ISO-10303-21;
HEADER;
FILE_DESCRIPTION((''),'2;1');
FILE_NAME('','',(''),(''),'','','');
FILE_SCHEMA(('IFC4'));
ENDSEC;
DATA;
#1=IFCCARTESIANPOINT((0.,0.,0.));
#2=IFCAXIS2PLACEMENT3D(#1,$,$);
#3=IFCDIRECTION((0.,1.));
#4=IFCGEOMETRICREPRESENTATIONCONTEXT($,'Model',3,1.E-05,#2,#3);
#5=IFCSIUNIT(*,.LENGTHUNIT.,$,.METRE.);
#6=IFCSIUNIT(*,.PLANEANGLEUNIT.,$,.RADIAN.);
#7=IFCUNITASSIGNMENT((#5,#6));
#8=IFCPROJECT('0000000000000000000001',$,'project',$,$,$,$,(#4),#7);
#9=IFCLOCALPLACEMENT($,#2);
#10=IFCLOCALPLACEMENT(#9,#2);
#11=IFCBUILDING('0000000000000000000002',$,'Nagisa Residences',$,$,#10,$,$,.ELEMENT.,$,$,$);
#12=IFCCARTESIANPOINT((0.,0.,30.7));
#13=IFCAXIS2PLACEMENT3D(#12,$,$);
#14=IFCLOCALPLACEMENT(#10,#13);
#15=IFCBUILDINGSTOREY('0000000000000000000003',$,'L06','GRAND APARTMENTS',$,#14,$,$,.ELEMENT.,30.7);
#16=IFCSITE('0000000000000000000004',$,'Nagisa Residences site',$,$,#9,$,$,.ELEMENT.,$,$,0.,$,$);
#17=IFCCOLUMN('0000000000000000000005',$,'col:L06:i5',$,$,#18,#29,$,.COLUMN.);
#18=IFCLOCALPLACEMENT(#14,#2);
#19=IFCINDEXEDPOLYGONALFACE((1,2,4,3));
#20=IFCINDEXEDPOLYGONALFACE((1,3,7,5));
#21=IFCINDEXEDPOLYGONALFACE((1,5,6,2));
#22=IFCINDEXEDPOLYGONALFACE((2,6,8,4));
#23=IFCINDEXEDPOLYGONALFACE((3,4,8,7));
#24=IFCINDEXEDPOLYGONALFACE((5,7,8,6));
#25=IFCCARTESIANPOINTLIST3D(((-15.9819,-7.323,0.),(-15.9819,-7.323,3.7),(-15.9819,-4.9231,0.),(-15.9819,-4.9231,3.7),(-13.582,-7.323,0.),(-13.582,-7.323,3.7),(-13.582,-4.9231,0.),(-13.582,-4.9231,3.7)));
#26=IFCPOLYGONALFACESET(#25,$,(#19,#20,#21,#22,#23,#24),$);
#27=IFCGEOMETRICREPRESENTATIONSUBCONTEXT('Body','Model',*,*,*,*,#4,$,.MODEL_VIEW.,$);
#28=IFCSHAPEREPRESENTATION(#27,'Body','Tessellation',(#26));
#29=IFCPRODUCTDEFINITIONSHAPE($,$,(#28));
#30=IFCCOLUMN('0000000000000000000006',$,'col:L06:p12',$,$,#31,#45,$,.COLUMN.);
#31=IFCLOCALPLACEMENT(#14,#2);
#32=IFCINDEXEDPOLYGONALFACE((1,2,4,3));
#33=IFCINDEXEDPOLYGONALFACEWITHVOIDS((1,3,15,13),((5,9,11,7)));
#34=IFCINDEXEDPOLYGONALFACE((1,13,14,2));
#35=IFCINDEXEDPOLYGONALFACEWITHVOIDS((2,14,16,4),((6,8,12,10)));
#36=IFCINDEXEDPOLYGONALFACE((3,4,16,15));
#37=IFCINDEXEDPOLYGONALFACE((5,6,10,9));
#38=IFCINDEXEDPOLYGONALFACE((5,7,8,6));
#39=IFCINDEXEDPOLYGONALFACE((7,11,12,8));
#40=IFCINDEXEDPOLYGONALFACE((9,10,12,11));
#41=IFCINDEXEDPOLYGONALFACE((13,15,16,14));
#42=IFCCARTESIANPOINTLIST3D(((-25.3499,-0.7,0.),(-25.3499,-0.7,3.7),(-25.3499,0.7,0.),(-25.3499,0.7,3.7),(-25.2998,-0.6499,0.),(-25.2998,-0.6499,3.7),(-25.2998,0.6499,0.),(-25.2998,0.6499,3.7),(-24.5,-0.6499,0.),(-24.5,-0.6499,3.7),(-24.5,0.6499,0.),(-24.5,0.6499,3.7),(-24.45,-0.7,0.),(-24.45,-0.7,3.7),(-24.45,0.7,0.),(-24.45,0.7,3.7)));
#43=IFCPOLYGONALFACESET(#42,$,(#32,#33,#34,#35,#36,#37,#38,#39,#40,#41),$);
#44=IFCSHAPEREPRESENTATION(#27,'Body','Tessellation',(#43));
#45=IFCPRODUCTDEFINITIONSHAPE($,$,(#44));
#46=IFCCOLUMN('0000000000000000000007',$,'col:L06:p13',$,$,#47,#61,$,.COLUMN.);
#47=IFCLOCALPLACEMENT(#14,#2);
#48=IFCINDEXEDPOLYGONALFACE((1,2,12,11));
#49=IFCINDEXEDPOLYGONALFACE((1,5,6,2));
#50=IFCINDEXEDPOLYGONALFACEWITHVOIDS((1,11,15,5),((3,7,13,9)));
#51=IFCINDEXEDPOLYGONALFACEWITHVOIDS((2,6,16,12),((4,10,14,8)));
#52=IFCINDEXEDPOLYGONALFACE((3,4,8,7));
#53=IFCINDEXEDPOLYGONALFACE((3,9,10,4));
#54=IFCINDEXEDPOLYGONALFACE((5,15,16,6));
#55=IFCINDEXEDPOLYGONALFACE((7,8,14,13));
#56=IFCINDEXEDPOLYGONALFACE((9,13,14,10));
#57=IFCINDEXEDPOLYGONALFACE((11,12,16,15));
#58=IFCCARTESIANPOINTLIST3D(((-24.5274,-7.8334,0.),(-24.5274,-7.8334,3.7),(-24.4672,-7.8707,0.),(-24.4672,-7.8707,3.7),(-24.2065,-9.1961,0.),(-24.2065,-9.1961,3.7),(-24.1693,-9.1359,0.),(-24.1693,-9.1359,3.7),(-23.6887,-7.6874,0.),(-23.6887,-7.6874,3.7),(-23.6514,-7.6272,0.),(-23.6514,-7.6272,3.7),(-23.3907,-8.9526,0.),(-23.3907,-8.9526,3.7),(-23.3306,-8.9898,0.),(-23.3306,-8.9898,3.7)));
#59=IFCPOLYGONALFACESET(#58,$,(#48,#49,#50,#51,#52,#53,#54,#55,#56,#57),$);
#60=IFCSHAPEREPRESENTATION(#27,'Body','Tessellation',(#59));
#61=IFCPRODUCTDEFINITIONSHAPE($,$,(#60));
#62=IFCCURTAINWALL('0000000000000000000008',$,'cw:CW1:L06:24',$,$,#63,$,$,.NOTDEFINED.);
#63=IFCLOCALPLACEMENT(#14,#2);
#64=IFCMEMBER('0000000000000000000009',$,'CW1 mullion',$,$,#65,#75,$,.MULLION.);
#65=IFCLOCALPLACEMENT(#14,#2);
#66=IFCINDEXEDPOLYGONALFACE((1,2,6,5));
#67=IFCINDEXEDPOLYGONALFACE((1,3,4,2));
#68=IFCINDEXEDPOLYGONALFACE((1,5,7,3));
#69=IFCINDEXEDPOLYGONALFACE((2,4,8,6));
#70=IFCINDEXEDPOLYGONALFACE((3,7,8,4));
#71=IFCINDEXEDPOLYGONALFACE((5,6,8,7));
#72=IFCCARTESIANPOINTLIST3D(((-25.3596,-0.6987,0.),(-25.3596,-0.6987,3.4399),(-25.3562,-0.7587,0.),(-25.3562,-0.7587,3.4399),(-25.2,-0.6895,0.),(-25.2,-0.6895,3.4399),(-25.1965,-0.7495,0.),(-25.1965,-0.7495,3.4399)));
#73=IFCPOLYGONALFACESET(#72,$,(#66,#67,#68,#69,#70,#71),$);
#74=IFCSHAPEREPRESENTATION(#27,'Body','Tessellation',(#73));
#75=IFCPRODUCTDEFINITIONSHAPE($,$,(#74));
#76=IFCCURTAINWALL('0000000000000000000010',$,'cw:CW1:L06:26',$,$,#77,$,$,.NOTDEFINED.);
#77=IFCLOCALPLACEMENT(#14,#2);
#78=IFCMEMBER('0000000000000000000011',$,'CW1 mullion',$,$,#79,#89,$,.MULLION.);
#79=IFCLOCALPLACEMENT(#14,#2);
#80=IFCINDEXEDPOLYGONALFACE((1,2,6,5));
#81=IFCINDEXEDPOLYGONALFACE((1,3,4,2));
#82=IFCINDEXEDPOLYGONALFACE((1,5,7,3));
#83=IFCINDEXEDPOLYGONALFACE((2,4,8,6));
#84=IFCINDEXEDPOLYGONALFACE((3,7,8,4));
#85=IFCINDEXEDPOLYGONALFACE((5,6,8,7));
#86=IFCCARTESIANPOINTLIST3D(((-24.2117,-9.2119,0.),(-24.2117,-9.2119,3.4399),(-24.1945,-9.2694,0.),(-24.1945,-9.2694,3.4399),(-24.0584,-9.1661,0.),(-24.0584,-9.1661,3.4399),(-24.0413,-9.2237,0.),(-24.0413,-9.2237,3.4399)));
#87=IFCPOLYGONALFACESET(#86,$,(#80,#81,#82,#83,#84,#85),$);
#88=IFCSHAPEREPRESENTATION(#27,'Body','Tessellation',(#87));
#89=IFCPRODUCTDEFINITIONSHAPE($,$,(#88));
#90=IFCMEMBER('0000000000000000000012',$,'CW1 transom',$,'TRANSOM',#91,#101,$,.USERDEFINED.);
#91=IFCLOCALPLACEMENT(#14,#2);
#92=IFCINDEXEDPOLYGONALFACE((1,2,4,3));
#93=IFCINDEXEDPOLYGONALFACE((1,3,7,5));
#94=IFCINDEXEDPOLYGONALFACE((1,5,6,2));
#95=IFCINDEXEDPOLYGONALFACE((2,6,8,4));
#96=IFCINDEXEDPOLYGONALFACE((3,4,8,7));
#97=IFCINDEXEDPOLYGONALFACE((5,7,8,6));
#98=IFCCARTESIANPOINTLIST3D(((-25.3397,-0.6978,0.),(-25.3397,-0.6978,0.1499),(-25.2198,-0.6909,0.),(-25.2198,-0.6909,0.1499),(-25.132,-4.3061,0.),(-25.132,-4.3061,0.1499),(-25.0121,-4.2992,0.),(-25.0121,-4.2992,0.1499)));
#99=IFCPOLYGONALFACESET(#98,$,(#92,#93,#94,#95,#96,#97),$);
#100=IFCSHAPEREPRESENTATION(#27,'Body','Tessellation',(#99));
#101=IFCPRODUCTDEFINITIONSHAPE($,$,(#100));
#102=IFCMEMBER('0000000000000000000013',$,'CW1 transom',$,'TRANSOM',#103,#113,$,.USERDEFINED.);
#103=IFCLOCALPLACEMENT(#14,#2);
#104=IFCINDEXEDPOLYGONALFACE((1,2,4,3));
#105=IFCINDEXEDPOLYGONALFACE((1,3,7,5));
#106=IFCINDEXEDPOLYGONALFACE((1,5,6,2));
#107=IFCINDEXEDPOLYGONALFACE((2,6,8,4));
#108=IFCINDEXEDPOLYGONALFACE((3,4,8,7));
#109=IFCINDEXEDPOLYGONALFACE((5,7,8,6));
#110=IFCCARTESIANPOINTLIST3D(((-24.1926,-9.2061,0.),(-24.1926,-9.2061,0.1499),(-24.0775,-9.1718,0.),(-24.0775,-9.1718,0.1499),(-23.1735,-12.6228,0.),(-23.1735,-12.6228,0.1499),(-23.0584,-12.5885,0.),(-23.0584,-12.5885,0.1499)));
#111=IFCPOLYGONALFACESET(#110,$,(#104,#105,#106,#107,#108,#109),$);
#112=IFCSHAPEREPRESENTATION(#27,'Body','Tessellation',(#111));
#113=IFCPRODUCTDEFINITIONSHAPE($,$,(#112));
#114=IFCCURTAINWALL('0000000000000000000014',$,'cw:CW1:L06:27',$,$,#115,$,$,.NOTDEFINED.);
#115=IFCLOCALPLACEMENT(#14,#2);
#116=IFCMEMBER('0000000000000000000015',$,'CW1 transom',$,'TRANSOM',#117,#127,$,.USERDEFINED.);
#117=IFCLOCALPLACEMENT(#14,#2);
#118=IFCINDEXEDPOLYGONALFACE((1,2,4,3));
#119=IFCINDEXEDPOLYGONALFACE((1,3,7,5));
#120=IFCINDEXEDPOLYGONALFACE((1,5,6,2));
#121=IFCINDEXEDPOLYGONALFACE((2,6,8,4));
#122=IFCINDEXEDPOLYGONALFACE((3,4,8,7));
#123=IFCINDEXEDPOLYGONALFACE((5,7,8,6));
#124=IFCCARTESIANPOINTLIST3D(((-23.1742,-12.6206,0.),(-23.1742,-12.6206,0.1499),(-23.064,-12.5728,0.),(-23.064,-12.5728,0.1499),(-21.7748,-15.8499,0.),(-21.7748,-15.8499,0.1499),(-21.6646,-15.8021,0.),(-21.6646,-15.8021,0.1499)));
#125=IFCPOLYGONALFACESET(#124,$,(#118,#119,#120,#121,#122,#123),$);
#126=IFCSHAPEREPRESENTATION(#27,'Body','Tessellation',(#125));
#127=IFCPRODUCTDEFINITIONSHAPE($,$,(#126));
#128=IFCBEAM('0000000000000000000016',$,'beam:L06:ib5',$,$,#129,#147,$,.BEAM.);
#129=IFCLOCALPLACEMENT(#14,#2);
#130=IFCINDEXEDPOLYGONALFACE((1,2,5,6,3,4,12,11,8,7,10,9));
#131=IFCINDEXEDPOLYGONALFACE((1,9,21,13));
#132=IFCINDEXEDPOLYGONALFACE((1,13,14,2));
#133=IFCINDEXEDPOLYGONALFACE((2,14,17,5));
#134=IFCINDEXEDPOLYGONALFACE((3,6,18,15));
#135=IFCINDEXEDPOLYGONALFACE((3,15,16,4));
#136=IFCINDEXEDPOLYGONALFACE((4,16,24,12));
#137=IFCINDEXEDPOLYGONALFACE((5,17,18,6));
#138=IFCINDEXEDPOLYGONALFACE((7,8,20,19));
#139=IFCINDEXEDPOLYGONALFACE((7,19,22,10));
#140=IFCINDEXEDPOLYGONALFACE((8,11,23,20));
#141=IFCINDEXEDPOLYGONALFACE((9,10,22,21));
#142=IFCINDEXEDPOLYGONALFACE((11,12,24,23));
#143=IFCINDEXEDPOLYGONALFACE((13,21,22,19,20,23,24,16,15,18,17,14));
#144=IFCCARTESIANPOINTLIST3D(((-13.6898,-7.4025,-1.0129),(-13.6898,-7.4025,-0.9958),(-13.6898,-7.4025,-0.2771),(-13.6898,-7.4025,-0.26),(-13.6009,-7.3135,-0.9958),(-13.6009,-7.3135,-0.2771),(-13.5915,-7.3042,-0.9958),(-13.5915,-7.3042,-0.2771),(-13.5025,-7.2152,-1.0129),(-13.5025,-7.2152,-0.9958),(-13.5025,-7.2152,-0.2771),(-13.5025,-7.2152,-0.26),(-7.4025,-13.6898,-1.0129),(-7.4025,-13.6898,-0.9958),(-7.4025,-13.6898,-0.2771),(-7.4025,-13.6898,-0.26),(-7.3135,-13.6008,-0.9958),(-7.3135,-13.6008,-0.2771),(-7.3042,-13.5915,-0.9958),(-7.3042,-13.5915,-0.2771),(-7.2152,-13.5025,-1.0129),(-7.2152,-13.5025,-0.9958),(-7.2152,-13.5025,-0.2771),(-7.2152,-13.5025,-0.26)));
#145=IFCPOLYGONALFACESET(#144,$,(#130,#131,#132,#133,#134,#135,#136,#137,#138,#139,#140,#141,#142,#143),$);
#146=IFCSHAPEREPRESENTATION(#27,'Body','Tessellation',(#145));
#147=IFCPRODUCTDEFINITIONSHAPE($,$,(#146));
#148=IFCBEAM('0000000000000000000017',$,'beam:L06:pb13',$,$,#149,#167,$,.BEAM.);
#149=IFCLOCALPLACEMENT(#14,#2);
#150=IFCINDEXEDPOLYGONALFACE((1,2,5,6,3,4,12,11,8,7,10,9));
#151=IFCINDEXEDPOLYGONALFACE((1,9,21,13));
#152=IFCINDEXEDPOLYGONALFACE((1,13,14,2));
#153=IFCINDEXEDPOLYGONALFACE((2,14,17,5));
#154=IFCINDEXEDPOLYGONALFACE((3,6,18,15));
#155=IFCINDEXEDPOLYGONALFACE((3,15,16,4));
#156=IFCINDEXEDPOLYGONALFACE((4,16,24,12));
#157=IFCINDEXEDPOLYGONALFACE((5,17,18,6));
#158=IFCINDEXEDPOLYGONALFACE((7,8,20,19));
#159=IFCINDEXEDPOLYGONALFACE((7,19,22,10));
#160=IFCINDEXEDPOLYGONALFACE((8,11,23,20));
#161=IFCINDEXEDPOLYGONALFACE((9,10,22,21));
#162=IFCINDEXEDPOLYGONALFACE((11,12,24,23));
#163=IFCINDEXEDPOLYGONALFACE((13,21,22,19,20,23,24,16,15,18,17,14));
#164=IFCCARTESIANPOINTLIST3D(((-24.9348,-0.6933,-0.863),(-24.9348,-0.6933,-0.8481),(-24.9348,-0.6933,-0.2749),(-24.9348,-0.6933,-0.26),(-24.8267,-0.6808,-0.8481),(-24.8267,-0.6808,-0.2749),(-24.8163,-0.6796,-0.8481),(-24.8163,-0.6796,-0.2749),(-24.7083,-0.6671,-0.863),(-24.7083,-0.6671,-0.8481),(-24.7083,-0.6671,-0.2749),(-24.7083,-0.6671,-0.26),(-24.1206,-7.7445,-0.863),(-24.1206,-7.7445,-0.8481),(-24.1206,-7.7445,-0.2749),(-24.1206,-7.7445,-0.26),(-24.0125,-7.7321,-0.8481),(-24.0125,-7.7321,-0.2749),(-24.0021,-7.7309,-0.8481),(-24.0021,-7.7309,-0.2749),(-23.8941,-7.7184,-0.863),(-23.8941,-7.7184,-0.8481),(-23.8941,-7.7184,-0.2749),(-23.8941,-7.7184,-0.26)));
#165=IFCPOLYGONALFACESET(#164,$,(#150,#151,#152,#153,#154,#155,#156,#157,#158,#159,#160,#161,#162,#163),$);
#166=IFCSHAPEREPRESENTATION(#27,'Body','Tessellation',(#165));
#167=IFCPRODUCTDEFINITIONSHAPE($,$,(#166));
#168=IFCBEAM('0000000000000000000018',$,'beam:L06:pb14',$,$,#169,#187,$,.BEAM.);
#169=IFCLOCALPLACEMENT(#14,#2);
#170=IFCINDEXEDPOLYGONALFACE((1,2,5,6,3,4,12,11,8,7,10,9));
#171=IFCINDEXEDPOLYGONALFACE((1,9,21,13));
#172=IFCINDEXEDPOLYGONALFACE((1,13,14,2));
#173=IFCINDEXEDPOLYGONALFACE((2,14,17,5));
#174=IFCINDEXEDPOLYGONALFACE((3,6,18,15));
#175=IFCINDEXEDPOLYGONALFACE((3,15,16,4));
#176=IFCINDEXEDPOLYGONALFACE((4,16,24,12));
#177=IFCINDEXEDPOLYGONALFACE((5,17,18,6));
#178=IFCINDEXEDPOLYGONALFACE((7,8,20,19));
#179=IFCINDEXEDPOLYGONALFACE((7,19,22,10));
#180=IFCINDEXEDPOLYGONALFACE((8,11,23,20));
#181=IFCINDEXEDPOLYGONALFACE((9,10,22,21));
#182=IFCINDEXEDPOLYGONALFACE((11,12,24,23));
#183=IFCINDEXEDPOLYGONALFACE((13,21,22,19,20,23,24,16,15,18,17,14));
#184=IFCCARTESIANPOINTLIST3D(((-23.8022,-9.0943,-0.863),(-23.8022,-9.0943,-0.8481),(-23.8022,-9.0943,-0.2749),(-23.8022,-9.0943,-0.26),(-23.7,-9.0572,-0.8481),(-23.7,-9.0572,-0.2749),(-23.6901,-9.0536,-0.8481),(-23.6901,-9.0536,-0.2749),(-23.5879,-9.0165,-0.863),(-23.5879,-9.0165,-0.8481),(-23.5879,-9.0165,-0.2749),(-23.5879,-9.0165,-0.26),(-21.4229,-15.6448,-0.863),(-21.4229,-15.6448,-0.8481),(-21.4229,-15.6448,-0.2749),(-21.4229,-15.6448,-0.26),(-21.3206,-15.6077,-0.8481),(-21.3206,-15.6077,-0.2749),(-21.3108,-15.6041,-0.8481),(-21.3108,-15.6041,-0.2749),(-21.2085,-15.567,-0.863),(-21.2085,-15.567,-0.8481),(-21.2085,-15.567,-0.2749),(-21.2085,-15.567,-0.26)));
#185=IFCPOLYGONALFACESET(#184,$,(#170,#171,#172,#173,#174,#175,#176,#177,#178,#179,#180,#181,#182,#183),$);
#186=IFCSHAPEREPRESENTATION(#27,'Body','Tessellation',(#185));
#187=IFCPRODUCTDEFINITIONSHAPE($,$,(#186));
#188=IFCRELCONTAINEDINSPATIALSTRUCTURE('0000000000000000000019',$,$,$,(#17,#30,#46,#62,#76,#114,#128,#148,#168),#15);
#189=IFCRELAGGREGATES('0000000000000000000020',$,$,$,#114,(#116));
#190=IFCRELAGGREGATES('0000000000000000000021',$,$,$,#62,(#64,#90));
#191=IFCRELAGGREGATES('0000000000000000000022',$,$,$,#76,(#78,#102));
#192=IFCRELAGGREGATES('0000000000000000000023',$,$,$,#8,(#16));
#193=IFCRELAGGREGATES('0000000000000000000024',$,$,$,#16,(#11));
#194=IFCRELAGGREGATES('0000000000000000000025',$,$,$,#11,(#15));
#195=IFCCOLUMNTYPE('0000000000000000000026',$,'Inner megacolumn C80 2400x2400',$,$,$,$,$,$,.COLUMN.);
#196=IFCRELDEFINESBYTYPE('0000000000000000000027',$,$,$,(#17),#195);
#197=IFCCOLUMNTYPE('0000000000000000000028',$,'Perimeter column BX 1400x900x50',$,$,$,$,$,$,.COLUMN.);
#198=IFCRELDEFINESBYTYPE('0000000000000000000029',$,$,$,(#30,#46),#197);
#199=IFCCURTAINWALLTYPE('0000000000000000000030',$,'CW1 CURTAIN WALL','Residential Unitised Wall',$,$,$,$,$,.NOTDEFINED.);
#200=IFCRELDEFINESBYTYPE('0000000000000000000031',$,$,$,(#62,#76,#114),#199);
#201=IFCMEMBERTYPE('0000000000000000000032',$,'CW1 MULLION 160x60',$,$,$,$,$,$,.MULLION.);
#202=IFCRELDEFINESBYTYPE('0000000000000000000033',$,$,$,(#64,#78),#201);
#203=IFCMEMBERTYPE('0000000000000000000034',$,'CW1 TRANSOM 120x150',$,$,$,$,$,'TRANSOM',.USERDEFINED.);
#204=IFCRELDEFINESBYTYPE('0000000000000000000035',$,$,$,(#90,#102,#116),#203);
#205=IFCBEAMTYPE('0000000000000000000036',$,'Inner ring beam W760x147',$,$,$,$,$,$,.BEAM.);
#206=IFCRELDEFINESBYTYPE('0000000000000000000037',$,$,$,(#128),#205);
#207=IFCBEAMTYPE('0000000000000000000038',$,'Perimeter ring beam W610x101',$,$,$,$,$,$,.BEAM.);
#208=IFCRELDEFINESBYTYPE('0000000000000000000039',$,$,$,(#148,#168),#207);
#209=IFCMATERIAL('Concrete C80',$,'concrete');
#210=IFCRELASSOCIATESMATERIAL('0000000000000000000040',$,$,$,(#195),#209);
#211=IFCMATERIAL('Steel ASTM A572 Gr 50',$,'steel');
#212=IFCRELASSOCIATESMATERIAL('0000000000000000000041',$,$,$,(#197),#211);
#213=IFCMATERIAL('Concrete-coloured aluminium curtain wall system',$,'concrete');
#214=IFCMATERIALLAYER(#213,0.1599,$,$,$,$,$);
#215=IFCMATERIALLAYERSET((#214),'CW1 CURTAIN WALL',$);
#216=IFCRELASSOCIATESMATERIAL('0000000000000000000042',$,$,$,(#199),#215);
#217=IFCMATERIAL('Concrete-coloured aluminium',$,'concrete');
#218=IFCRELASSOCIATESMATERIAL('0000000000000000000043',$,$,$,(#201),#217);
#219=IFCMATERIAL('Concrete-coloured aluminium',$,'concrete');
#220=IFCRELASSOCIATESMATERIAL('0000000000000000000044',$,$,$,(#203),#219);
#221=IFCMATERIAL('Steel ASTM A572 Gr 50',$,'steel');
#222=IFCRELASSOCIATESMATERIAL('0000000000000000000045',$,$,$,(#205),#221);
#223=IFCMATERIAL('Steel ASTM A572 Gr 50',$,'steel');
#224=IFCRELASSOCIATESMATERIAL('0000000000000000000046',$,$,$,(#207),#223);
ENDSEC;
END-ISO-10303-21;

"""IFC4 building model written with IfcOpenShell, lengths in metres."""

from ifc_helpers import new_model, si_unit, direction, frame, origin, origin_2d, place, context, subcontext, project, spatial, rectangle, hollow_rectangle, i_section, extrude, material, layer, layer_set, material_profile, profile_set, type_object, element, aggregate, save


model = new_model("IFC4")

# Units and contexts
model_context = context("Model", 3, precision=1e-05, world=origin(), true_north=direction((0.0, 1.0)))
body_context = subcontext(model_context, "Body", "Model", "MODEL_VIEW")
ifc_project = project(units=[si_unit("LENGTHUNIT", "METRE"), si_unit("PLANEANGLEUNIT", "RADIAN")], contexts=[model_context])

# Site, building, storey
site_placement = place(None, origin())
site = spatial("IfcSite", under=ifc_project, at=site_placement, Name="Nagisa Residences site", CompositionType="ELEMENT", RefElevation=0.0)
building_placement = place(site_placement, origin())
building = spatial("IfcBuilding", under=site, at=building_placement, Name="Nagisa Residences", CompositionType="ELEMENT")
storey_placement = place(building_placement, frame((0.0, 0.0, 30.7)))
storey = spatial("IfcBuildingStorey", under=building, at=storey_placement, Name="L06", Description="GRAND APARTMENTS", CompositionType="ELEMENT", Elevation=30.7)

# Columns
ifc_material_1 = material(Name="Concrete C80", Category="concrete")
ifc_material_profile_1 = material_profile(ifc_material_1, rectangle(XDim=2.3999, YDim=2.3999, at=origin_2d()), Name="C80 2400x2400")
ifc_profile_set_1 = profile_set([ifc_material_profile_1], Name="Concrete C80")
column_type_1 = type_object("IfcColumnType", Name="Inner megacolumn C80 2400x2400", PredefinedType="COLUMN", material=ifc_profile_set_1)
column_placement = place(storey_placement, frame((-14.782, -6.123, 0.0), z_axis=(0.0, 0.0, 1.0), x_axis=(1.0, 0.0, 0.0)))
element("IfcColumn", 1, at=column_placement, inside=storey, type_object=column_type_1, Name="col:L06:i5", PredefinedType="COLUMN", context=body_context, shape_type="SweptSolid", body=[
    extrude(rectangle(XDim=2.3999, YDim=2.3999, at=origin_2d()), origin(), (0.0, 0.0, 1.0), 3.7),
])
ifc_material_2 = material(Name="Steel ASTM A572 Gr 50", Category="steel")
ifc_material_profile_2 = material_profile(ifc_material_2, hollow_rectangle(XDim=1.3999, YDim=0.8999, WallThickness=0.05, at=origin_2d()), Name="BX 1400x900x50")
ifc_profile_set_2 = profile_set([ifc_material_profile_2], Name="Steel ASTM A572 Gr 50")
column_type_2 = type_object("IfcColumnType", Name="Perimeter column BX 1400x900x50", PredefinedType="COLUMN", material=ifc_profile_set_2)
for number, where, z_axis, x_axis, name in (
    (2, (-24.8999, 0.0, 0.0), (0.0, 0.0, 1.0), (0.0, -1.0, 0.0), "col:L06:p12"),
    (3, (-23.929, -8.4116, 0.0), (0.0, 0.0, 1.0), (0.229202, -0.973379, 0.0), "col:L06:p13"),
):
    element("IfcColumn", number, at=place(storey_placement, frame(where, z_axis=z_axis, x_axis=x_axis)), inside=storey, type_object=column_type_2, Name=name, PredefinedType="COLUMN", context=body_context, shape_type="SweptSolid", body=[
        extrude(hollow_rectangle(XDim=1.3999, YDim=0.8999, WallThickness=0.05, at=origin_2d()), origin(), (0.0, 0.0, 1.0), 3.7),
    ])

# Curtain walls, members
ifc_material_3 = material(Name="Concrete-coloured aluminium curtain wall system", Category="concrete")
ifc_layer_1 = layer(ifc_material_3, 0.1599)
ifc_layer_set_1 = layer_set([ifc_layer_1], Name="CW1 CURTAIN WALL")
curtain_wall_type = type_object("IfcCurtainWallType", Name="CW1 CURTAIN WALL", Description="Residential Unitised Wall", PredefinedType="NOTDEFINED", material=ifc_layer_set_1)
curtain_wall_1_placement = place(storey_placement, origin())
curtain_wall_1 = element("IfcCurtainWall", 4, at=curtain_wall_1_placement, inside=storey, type_object=curtain_wall_type, Name="cw:CW1:L06:24", PredefinedType="NOTDEFINED")
ifc_material_4 = material(Name="Concrete-coloured aluminium", Category="concrete")
ifc_material_profile_3 = material_profile(ifc_material_4, rectangle(XDim=0.1599, YDim=0.0601, at=origin_2d()), Name="CW1 MULLION 160x60")
ifc_profile_set_3 = profile_set([ifc_material_profile_3], Name="Concrete-coloured aluminium")
member_type_1 = type_object("IfcMemberType", Name="CW1 MULLION 160x60", PredefinedType="MULLION", material=ifc_profile_set_3)
member_1_placement = place(storey_placement, frame((-25.2781, -0.7241, 0.0), z_axis=(0.0, 0.0, 1.0), x_axis=(0.998345, 0.057503, 0.0)))
member_1 = element("IfcMember", 5, at=member_1_placement, type_object=member_type_1, Name="CW1 mullion", PredefinedType="MULLION", context=body_context, shape_type="SweptSolid", body=[
    extrude(rectangle(XDim=0.1599, YDim=0.0601, at=origin_2d()), origin(), (0.0, 0.0, 1.0), 3.4399),
])
curtain_wall_2_placement = place(storey_placement, origin())
curtain_wall_2 = element("IfcCurtainWall", 6, at=curtain_wall_2_placement, inside=storey, type_object=curtain_wall_type, Name="cw:CW1:L06:26", PredefinedType="NOTDEFINED")
member_2_placement = place(storey_placement, frame((-24.1265, -9.2178, 0.0), z_axis=(0.0, 0.0, 1.0), x_axis=(0.958271, 0.28586, 0.0)))
member_2 = element("IfcMember", 7, at=member_2_placement, type_object=member_type_1, Name="CW1 mullion", PredefinedType="MULLION", context=body_context, shape_type="SweptSolid", body=[
    extrude(rectangle(XDim=0.1599, YDim=0.0601, at=origin_2d()), origin(), (0.0, 0.0, 1.0), 3.4399),
])

# Members
ifc_material_5 = material(Name="Concrete-coloured aluminium", Category="concrete")
ifc_material_profile_4 = material_profile(ifc_material_5, rectangle(XDim=0.1201, YDim=0.1499, at=origin_2d()), Name="CW1 TRANSOM 120x150")
ifc_profile_set_4 = profile_set([ifc_material_profile_4], Name="Concrete-coloured aluminium")
member_type_2 = type_object("IfcMemberType", Name="CW1 TRANSOM 120x150", ElementType="TRANSOM", PredefinedType="USERDEFINED", material=ifc_profile_set_4)
member_3_placement = place(storey_placement, frame((-25.2798, -0.6943, 0.075), z_axis=(0.057483, -0.998347, 0.0), x_axis=(0.998347, 0.057483, 0.0)))
member_3 = element("IfcMember", 8, at=member_3_placement, type_object=member_type_2, Name="CW1 transom", ObjectType="TRANSOM", PredefinedType="USERDEFINED", context=body_context, shape_type="SweptSolid", body=[
    extrude(rectangle(XDim=0.1201, YDim=0.1499, at=origin_2d()), origin(), (0.0, 0.0, 1.0), 3.6143),
])
member_4_placement = place(storey_placement, frame((-24.135, -9.189, 0.075), z_axis=(0.285808, -0.958287, 0.0), x_axis=(0.958287, 0.285808, 0.0)))
member_4 = element("IfcMember", 9, at=member_4_placement, type_object=member_type_2, Name="CW1 transom", ObjectType="TRANSOM", PredefinedType="USERDEFINED", context=body_context, shape_type="SweptSolid", body=[
    extrude(rectangle(XDim=0.1201, YDim=0.1499, at=origin_2d()), origin(), (0.0, 0.0, 1.0), 3.5654),
])

# Curtain wall, member
curtain_wall_3_placement = place(storey_placement, origin())
curtain_wall_3 = element("IfcCurtainWall", 10, at=curtain_wall_3_placement, inside=storey, type_object=curtain_wall_type, Name="cw:CW1:L06:27", PredefinedType="NOTDEFINED")
member_5_placement = place(storey_placement, frame((-23.1191, -12.5967, 0.075), z_axis=(0.397625, -0.917548, 0.0), x_axis=(0.917548, 0.397625, 0.0)))
member_5 = element("IfcMember", 11, at=member_5_placement, type_object=member_type_2, Name="CW1 transom", ObjectType="TRANSOM", PredefinedType="USERDEFINED", context=body_context, shape_type="SweptSolid", body=[
    extrude(rectangle(XDim=0.1201, YDim=0.1499, at=origin_2d()), origin(), (0.0, 0.0, 1.0), 3.5195),
])
aggregate(curtain_wall_3, [member_5])

# Beams
ifc_material_6 = material(Name="Steel ASTM A572 Gr 50", Category="steel")
ifc_material_profile_5 = material_profile(ifc_material_6, i_section(OverallWidth=0.2649, OverallDepth=0.7529, WebThickness=0.0132, FlangeThickness=0.0171, at=origin_2d()), Name="W760x147")
ifc_profile_set_5 = profile_set([ifc_material_profile_5], Name="Steel ASTM A572 Gr 50")
beam_type_1 = type_object("IfcBeamType", Name="Inner ring beam W760x147", PredefinedType="BEAM", material=ifc_profile_set_5)
beam_1_placement = place(storey_placement, frame((-13.5962, -7.3088, -0.6365), z_axis=(0.707107, -0.707107, 0.0), x_axis=(0.707107, 0.707107, 0.0)))
element("IfcBeam", 12, at=beam_1_placement, inside=storey, type_object=beam_type_1, Name="beam:L06:ib5", PredefinedType="BEAM", context=body_context, shape_type="SweptSolid", body=[
    extrude(i_section(OverallWidth=0.2649, OverallDepth=0.7529, WebThickness=0.0132, FlangeThickness=0.0171, at=origin_2d()), origin(), (0.0, 0.0, 1.0), 8.8916),
])
ifc_material_7 = material(Name="Steel ASTM A572 Gr 50", Category="steel")
ifc_material_profile_6 = material_profile(ifc_material_7, i_section(OverallWidth=0.228, OverallDepth=0.603, WebThickness=0.0105, FlangeThickness=0.0149, at=origin_2d()), Name="W610x101")
ifc_profile_set_6 = profile_set([ifc_material_profile_6], Name="Steel ASTM A572 Gr 50")
beam_type_2 = type_object("IfcBeamType", Name="Perimeter ring beam W610x101", PredefinedType="BEAM", material=ifc_profile_set_6)
beam_2_placement = place(storey_placement, frame((-24.8215, -0.6802, -0.5615), z_axis=(0.114708, -0.993399, 0.0), x_axis=(0.993399, 0.114708, 0.0)))
element("IfcBeam", 13, at=beam_2_placement, inside=storey, type_object=beam_type_2, Name="beam:L06:pb13", PredefinedType="BEAM", context=body_context, shape_type="SweptSolid", body=[
    extrude(i_section(OverallWidth=0.228, OverallDepth=0.603, WebThickness=0.0105, FlangeThickness=0.0149, at=origin_2d()), origin(), (0.0, 0.0, 1.0), 7.0981),
])
beam_3_placement = place(storey_placement, frame((-23.6951, -9.0554, -0.5615), z_axis=(0.341411, -0.939914, 0.0), x_axis=(0.939914, 0.341411, 0.0)))
element("IfcBeam", 14, at=beam_3_placement, inside=storey, type_object=beam_type_2, Name="beam:L06:pb14", PredefinedType="BEAM", context=body_context, shape_type="SweptSolid", body=[
    extrude(i_section(OverallWidth=0.228, OverallDepth=0.603, WebThickness=0.0105, FlangeThickness=0.0149, at=origin_2d()), origin(), (0.0, 0.0, 1.0), 6.9692),
])

aggregate(curtain_wall_1, [member_1, member_3])
aggregate(curtain_wall_2, [member_2, member_4])

save(model, "model.ifc")
